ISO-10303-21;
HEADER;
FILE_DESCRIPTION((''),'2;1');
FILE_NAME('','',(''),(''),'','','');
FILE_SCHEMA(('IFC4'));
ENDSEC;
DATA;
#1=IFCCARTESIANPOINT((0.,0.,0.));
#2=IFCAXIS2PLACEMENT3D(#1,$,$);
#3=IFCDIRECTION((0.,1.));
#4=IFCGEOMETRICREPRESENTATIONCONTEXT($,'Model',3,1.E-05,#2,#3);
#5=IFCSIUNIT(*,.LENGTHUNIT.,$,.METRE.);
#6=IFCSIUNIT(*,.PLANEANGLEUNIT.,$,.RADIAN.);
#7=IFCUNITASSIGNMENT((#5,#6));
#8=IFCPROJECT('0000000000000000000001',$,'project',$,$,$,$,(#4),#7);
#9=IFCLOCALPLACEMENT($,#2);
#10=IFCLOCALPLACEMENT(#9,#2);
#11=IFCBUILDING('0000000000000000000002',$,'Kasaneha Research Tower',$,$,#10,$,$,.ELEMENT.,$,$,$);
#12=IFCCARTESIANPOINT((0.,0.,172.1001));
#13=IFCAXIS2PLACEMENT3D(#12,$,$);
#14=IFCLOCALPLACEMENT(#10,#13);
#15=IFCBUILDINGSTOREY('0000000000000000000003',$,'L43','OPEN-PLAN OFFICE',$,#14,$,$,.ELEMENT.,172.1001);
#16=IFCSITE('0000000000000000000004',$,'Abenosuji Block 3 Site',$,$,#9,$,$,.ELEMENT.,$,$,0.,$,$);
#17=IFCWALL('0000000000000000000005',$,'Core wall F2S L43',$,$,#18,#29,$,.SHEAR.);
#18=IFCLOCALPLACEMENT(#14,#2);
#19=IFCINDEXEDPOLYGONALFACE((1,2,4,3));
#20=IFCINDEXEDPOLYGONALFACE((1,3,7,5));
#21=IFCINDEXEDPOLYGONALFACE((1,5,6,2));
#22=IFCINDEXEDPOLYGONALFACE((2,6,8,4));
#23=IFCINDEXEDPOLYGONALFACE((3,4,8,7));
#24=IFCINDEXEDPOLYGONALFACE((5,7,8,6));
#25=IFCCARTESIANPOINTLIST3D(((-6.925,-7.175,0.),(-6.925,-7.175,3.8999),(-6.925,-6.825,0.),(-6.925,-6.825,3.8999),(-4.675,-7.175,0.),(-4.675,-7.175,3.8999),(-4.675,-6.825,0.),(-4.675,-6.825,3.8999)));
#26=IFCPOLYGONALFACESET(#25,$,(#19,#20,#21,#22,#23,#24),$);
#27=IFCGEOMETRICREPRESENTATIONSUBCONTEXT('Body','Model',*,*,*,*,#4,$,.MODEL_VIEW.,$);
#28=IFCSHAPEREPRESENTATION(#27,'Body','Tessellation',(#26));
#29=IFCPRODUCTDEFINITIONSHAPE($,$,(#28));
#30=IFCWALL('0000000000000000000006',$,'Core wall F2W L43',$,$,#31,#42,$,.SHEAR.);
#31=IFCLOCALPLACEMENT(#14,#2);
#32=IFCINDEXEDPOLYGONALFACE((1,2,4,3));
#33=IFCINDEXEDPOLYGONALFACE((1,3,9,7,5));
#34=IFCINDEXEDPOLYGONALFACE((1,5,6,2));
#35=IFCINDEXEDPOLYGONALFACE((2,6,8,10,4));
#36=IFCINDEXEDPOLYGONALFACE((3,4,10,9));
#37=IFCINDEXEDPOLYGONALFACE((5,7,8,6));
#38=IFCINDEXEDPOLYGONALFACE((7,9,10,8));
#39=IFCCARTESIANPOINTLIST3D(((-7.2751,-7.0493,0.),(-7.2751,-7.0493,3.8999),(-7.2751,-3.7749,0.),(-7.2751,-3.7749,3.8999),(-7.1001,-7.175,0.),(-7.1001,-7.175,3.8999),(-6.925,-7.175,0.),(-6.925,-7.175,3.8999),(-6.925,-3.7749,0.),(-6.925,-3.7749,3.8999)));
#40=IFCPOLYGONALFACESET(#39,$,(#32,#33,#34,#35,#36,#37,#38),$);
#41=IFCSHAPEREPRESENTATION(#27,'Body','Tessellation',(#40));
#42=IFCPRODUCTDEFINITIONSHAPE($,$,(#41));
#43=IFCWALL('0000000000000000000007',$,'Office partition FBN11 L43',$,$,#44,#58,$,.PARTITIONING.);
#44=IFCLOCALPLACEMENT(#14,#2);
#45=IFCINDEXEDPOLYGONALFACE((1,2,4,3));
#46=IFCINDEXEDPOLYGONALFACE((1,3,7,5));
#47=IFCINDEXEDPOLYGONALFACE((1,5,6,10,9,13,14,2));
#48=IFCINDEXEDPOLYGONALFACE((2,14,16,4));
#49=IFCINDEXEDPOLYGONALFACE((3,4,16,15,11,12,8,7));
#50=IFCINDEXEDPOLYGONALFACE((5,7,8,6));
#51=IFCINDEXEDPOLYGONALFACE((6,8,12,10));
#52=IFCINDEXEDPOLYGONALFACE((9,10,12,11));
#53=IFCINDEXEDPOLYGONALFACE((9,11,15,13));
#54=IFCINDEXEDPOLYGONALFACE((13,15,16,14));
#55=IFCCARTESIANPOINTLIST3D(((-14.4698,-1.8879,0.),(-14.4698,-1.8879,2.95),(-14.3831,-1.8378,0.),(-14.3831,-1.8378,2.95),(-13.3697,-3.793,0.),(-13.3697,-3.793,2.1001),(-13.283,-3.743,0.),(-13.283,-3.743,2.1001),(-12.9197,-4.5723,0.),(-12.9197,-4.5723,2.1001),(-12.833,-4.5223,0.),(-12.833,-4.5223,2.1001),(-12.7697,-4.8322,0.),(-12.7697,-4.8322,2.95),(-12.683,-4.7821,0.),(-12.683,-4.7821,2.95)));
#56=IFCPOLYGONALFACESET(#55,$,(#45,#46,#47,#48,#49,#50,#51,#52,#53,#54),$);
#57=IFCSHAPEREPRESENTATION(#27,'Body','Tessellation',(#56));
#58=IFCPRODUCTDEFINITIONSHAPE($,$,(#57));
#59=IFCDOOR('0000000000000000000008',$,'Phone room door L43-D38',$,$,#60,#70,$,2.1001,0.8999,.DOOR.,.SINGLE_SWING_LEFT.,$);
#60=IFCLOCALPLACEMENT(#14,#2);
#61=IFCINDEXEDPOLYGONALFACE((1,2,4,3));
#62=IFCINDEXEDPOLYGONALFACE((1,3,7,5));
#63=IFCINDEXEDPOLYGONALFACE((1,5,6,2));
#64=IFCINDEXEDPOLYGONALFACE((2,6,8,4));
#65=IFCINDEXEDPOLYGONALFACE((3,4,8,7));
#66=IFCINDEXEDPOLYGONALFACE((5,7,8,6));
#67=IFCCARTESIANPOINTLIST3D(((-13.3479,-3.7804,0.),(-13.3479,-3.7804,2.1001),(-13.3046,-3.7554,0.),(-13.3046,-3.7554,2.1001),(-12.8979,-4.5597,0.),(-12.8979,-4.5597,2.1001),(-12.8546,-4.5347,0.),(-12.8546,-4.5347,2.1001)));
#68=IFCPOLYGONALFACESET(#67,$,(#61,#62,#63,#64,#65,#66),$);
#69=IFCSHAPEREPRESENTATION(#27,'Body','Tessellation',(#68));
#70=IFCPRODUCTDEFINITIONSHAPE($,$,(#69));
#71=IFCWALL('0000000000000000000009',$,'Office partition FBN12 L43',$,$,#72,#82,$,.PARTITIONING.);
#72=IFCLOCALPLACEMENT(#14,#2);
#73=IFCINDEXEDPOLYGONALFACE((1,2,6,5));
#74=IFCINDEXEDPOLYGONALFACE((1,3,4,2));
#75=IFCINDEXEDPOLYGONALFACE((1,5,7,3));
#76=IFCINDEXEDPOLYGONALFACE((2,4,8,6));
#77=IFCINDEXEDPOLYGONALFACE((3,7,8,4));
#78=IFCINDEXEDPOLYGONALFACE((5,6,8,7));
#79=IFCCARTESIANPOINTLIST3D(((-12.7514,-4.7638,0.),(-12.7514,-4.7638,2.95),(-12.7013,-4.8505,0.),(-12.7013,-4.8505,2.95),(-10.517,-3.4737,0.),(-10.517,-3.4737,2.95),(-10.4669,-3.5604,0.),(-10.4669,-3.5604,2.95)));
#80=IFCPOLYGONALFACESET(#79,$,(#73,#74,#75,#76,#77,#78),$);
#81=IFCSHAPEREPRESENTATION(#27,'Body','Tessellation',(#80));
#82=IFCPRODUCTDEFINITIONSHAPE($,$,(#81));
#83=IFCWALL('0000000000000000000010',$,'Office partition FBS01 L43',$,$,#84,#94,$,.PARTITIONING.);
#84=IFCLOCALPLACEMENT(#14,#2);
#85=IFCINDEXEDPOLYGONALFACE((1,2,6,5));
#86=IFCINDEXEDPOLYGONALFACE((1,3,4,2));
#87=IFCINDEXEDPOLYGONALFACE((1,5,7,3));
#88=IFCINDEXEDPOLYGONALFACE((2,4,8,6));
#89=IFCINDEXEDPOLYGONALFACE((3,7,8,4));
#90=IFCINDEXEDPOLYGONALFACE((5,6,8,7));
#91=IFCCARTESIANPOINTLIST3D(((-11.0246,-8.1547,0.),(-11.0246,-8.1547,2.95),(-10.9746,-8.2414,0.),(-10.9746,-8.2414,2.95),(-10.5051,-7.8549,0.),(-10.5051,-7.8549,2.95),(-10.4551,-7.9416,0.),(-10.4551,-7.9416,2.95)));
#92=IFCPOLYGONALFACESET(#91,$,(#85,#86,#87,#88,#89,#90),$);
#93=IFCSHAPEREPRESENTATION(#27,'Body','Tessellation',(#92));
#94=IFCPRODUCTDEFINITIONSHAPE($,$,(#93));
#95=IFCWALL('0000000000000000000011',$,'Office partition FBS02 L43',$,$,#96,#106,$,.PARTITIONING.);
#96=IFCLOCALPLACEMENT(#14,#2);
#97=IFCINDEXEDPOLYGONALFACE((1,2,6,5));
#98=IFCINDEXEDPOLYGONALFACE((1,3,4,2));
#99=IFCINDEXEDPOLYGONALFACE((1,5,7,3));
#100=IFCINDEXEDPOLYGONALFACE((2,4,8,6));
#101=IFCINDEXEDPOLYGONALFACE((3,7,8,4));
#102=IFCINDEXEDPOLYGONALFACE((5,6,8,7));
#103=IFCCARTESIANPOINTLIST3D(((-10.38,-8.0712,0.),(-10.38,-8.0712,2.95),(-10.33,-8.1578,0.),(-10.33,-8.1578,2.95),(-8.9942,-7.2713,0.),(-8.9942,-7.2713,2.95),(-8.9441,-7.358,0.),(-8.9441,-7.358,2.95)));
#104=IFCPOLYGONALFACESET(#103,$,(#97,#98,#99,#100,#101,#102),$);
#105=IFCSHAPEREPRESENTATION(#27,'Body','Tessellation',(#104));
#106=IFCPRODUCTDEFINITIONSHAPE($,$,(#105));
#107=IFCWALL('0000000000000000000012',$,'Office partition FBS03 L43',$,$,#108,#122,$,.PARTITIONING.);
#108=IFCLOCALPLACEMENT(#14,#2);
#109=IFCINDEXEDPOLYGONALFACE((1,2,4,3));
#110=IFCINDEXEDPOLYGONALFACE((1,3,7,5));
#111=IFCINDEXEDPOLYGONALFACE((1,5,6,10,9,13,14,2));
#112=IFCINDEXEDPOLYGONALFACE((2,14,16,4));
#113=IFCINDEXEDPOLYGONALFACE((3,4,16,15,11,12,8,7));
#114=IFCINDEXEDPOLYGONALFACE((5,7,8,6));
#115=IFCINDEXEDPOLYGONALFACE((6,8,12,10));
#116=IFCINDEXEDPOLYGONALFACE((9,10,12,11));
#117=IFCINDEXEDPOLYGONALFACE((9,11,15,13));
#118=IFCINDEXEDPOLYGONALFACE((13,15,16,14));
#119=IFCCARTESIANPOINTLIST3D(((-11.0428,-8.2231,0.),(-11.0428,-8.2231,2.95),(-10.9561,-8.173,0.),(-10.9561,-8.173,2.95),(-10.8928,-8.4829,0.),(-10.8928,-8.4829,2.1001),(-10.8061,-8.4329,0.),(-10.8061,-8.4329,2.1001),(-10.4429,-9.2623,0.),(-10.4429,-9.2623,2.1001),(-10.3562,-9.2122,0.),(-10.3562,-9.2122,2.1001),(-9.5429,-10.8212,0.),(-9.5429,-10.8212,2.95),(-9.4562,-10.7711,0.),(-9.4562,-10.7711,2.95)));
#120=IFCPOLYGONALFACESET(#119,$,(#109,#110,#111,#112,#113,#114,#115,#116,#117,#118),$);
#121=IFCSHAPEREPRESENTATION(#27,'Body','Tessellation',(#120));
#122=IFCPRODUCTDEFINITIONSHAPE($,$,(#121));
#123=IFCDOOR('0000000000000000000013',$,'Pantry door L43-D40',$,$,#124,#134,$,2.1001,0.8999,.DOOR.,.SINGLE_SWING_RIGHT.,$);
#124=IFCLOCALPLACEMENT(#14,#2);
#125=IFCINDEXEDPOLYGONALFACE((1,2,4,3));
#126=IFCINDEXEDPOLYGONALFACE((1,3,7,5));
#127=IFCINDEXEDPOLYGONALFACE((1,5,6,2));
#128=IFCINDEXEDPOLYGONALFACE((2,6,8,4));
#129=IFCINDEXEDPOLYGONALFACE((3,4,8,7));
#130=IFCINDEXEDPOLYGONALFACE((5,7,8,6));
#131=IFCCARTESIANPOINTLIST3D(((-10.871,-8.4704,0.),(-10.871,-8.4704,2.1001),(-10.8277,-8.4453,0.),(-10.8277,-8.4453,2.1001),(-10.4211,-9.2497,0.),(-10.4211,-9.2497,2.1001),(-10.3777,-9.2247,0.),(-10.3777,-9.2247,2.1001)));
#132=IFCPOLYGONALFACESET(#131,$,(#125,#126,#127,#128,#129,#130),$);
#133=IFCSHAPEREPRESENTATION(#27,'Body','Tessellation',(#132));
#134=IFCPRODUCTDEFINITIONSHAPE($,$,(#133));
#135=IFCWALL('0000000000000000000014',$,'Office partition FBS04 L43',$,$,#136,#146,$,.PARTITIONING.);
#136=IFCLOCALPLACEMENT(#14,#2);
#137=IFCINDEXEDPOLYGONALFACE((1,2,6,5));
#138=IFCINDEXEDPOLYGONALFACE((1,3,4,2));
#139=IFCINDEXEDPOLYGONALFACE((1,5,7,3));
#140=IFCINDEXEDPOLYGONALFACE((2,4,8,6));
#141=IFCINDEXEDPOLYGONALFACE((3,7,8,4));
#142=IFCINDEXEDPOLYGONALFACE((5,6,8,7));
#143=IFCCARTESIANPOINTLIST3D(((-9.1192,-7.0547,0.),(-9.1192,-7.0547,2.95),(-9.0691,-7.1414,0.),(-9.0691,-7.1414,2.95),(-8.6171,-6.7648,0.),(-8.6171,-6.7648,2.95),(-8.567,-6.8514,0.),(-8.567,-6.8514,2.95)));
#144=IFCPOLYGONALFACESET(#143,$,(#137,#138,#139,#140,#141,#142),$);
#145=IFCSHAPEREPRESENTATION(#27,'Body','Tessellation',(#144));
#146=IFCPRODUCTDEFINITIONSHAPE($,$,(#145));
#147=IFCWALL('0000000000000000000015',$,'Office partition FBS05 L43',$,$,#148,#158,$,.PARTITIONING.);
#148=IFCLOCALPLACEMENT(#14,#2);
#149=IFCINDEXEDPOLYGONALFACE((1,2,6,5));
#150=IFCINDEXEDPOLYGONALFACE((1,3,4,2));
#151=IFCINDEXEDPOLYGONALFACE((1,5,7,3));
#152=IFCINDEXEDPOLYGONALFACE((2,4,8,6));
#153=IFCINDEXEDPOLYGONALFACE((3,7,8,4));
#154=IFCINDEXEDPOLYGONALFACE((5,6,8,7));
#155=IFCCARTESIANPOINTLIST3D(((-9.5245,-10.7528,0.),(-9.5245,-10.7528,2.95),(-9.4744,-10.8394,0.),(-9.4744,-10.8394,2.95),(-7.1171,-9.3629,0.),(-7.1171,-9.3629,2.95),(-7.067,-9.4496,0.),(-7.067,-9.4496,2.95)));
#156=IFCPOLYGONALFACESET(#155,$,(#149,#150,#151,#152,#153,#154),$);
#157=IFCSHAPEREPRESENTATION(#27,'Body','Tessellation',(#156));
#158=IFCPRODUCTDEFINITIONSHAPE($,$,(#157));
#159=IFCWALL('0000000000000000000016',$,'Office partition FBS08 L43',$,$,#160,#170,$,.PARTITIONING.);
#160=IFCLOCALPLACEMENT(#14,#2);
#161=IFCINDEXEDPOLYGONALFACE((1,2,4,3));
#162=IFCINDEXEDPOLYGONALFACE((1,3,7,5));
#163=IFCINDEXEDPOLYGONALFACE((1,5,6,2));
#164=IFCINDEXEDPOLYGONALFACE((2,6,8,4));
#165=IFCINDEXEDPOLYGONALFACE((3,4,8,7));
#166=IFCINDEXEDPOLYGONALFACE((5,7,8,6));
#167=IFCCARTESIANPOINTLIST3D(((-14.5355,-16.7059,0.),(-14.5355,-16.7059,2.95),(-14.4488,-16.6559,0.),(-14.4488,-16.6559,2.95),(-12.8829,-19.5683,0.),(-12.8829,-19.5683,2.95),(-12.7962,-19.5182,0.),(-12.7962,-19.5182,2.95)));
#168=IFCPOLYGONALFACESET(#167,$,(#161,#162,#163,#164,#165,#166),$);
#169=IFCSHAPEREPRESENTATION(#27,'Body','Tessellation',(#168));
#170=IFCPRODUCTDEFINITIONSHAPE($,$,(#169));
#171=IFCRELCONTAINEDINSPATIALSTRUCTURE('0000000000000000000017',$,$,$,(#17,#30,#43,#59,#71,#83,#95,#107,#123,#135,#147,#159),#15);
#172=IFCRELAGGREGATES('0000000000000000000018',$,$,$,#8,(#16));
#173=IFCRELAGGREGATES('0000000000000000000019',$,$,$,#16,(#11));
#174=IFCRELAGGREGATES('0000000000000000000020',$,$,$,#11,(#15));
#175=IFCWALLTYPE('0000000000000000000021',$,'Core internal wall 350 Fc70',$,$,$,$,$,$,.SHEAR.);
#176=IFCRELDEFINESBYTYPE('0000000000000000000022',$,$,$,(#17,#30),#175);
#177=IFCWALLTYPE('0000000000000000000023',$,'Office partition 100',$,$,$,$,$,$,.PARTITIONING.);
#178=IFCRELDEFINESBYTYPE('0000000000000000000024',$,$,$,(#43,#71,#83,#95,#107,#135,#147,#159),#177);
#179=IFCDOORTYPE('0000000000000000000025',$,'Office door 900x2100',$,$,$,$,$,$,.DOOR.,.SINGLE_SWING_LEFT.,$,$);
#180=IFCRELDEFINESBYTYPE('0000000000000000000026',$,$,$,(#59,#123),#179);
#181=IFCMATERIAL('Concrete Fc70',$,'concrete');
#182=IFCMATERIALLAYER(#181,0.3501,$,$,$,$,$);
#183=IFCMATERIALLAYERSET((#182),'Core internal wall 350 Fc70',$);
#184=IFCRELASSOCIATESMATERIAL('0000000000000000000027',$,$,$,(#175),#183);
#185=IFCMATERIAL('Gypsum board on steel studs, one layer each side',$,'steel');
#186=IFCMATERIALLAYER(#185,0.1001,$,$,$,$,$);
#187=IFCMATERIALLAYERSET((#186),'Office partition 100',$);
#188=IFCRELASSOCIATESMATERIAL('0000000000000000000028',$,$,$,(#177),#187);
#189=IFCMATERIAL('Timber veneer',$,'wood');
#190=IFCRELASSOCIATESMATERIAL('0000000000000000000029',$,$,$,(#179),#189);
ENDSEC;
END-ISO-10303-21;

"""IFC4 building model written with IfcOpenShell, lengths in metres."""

from ifc_helpers import new_model, si_unit, direction, frame, frame_2d, origin, place, context, subcontext, project, spatial, polyline, rectangle, outline, extrude, material, layer, layer_set, type_object, element, fill, save


model = new_model("IFC4")

# Units and contexts
model_context = context("Model", 3, precision=1e-05, world=origin(), true_north=direction((0.0, 1.0)))
body_context = subcontext(model_context, "Body", "Model", "MODEL_VIEW")
ifc_project = project(units=[si_unit("LENGTHUNIT", "METRE"), si_unit("PLANEANGLEUNIT", "RADIAN")], contexts=[model_context])

# Site, building, storey
site_placement = place(None, origin())
site = spatial("IfcSite", under=ifc_project, at=site_placement, Name="Abenosuji Block 3 Site", CompositionType="ELEMENT", RefElevation=0.0)
building_placement = place(site_placement, origin())
building = spatial("IfcBuilding", under=site, at=building_placement, Name="Kasaneha Research Tower", CompositionType="ELEMENT")
storey_placement = place(building_placement, frame((0.0, 0.0, 172.1001)))
storey = spatial("IfcBuildingStorey", under=building, at=storey_placement, Name="L43", Description="OPEN-PLAN OFFICE", CompositionType="ELEMENT", Elevation=172.1001)

# Shared definitions
ifc_material_1 = material(Name="Concrete Fc70", Category="concrete")
ifc_layer_1 = layer(ifc_material_1, 0.3501)
ifc_layer_set_1 = layer_set([ifc_layer_1], Name="Core internal wall 350 Fc70")
wall_type_1 = type_object("IfcWallType", Name="Core internal wall 350 Fc70", PredefinedType="SHEAR", material=ifc_layer_set_1)

# Walls
wall_1_placement = place(storey_placement, frame((-6.925, -7.0, 0.0), z_axis=(0.0, 0.0, 1.0), x_axis=(1.0, 0.0, 0.0)))
element("IfcWall", 1, at=wall_1_placement, inside=storey, type_object=wall_type_1, Name="Core wall F2S L43", PredefinedType="SHEAR", context=body_context, shape_type="SweptSolid", body=[
    extrude(rectangle(XDim=2.25, YDim=0.3501, at=frame_2d((1.125, 0.0))), origin(), (0.0, 0.0, 1.0), 3.8999),
])
wall_2_placement = place(storey_placement, frame((-7.1001, -3.7749, 0.0), z_axis=(0.0, 0.0, 1.0), x_axis=(0.0, -1.0, 0.0)))
element("IfcWall", 2, at=wall_2_placement, inside=storey, type_object=wall_type_1, Name="Core wall F2W L43", PredefinedType="SHEAR", context=body_context, shape_type="SweptSolid", body=[
    extrude(outline(polyline([(0.0, -0.175), (3.2744, -0.175), (3.4001, 0.0), (3.4001, 0.175), (0.0, 0.175), (0.0, -0.175)])), origin(), (0.0, 0.0, 1.0), 3.8999),
])

# Wall, opening, door
ifc_material_2 = material(Name="Gypsum board on steel studs, one layer each side", Category="steel")
ifc_layer_2 = layer(ifc_material_2, 0.1001)
ifc_layer_set_2 = layer_set([ifc_layer_2], Name="Office partition 100")
wall_type_2 = type_object("IfcWallType", Name="Office partition 100", PredefinedType="PARTITIONING", material=ifc_layer_set_2)
wall_3_placement = place(storey_placement, frame((-12.7263, -4.8071, 0.0), z_axis=(0.0, 0.0, 1.0), x_axis=(-0.500062, 0.865989, 0.0)))
wall_3 = element("IfcWall", 3, at=wall_3_placement, inside=storey, type_object=wall_type_2, Name="Office partition FBN11 L43", PredefinedType="PARTITIONING", context=body_context, shape_type="SweptSolid", body=[
    extrude(rectangle(XDim=3.3999, YDim=0.1001, at=frame_2d((1.7, 0.0))), origin(), (0.0, 0.0, 1.0), 2.95),
])
opening_1_placement = place(wall_3_placement, frame((0.3, 0.0, 0.0)))
opening_1 = element("IfcOpeningElement", 4, at=opening_1_placement, cuts=wall_3, PredefinedType="OPENING", context=body_context, shape_type="SweptSolid", body=[
    extrude(rectangle(XDim=0.8999, YDim=2.1001, at=frame_2d((0.45, 1.05))), frame((0.0, 0.0601, 0.0), z_axis=(0.0, -1.0, 0.0), x_axis=(1.0, 0.0, 0.0)), (0.0, 0.0, 1.0), 0.1201),
])
ifc_material_3 = material(Name="Timber veneer", Category="wood")
door_type_1 = type_object("IfcDoorType", Name="Office door 900x2100", OperationType="SINGLE_SWING_LEFT", PredefinedType="DOOR", material=ifc_material_3)
door_1_placement = place(opening_1_placement, origin())
door_1 = element("IfcDoor", 5, at=door_1_placement, inside=storey, type_object=door_type_1, Name="Phone room door L43-D38", OperationType="SINGLE_SWING_LEFT", OverallHeight=2.1001, OverallWidth=0.8999, PredefinedType="DOOR", context=body_context, shape_type="SweptSolid", body=[
    extrude(rectangle(XDim=0.8999, YDim=2.1001, at=frame_2d((0.45, 1.05))), frame((0.0, 0.0249, 0.0), z_axis=(0.0, -1.0, 0.0), x_axis=(1.0, 0.0, 0.0)), (0.0, 0.0, 1.0), 0.05),
])
fill(opening_1, door_1)

# Walls
wall_4_placement = place(storey_placement, frame((-10.4919, -3.5171, 0.0), z_axis=(0.0, 0.0, 1.0), x_axis=(-0.866022, -0.500006, 0.0)))
element("IfcWall", 6, at=wall_4_placement, inside=storey, type_object=wall_type_2, Name="Office partition FBN12 L43", PredefinedType="PARTITIONING", context=body_context, shape_type="SweptSolid", body=[
    extrude(rectangle(XDim=2.5801, YDim=0.1001, at=frame_2d((1.29, 0.0))), origin(), (0.0, 0.0, 1.0), 2.95),
])
wall_5_placement = place(storey_placement, frame((-10.9995, -8.198, 0.0), z_axis=(0.0, 0.0, 1.0), x_axis=(0.866131, 0.499816, 0.0)))
element("IfcWall", 7, at=wall_5_placement, inside=storey, type_object=wall_type_2, Name="Office partition FBS01 L43", PredefinedType="PARTITIONING", context=body_context, shape_type="SweptSolid", body=[
    extrude(rectangle(XDim=0.5999, YDim=0.1001, at=frame_2d((0.2998, 0.0))), origin(), (0.0, 0.0, 1.0), 2.95),
])
wall_6_placement = place(storey_placement, frame((-10.355, -8.1145, 0.0), z_axis=(0.0, 0.0, 1.0), x_axis=(0.866094, 0.499881, 0.0)))
element("IfcWall", 8, at=wall_6_placement, inside=storey, type_object=wall_type_2, Name="Office partition FBS02 L43", PredefinedType="PARTITIONING", context=body_context, shape_type="SweptSolid", body=[
    extrude(rectangle(XDim=1.6001, YDim=0.1001, at=frame_2d((0.8, 0.0))), origin(), (0.0, 0.0, 1.0), 2.95),
])

# Wall, opening, door
wall_7_placement = place(storey_placement, frame((-9.4995, -10.7961, 0.0), z_axis=(0.0, 0.0, 1.0), x_axis=(-0.49999, 0.866031, 0.0)))
wall_7 = element("IfcWall", 9, at=wall_7_placement, inside=storey, type_object=wall_type_2, Name="Office partition FBS03 L43", PredefinedType="PARTITIONING", context=body_context, shape_type="SweptSolid", body=[
    extrude(rectangle(XDim=3.0, YDim=0.1001, at=frame_2d((1.5, 0.0))), origin(), (0.0, 0.0, 1.0), 2.95),
])
opening_2_placement = place(wall_7_placement, frame((1.8, 0.0, 0.0)))
opening_2 = element("IfcOpeningElement", 10, at=opening_2_placement, cuts=wall_7, PredefinedType="OPENING", context=body_context, shape_type="SweptSolid", body=[
    extrude(rectangle(XDim=0.8999, YDim=2.1001, at=frame_2d((0.45, 1.05))), frame((0.0, 0.0601, 0.0), z_axis=(0.0, -1.0, 0.0), x_axis=(1.0, 0.0, 0.0)), (0.0, 0.0, 1.0), 0.1201),
])
door_2_placement = place(opening_2_placement, origin())
door_2 = element("IfcDoor", 11, at=door_2_placement, inside=storey, type_object=door_type_1, Name="Pantry door L43-D40", OperationType="SINGLE_SWING_RIGHT", OverallHeight=2.1001, OverallWidth=0.8999, PredefinedType="DOOR", context=body_context, shape_type="SweptSolid", body=[
    extrude(rectangle(XDim=0.8999, YDim=2.1001, at=frame_2d((0.45, 1.05))), frame((0.0, 0.0249, 0.0), z_axis=(0.0, -1.0, 0.0), x_axis=(1.0, 0.0, 0.0)), (0.0, 0.0, 1.0), 0.05),
])
fill(opening_2, door_2)

# Walls
wall_8_placement = place(storey_placement, frame((-9.0942, -7.0981, 0.0), z_axis=(0.0, 0.0, 1.0), x_axis=(0.865954, 0.500123, 0.0)))
element("IfcWall", 12, at=wall_8_placement, inside=storey, type_object=wall_type_2, Name="Office partition FBS04 L43", PredefinedType="PARTITIONING", context=body_context, shape_type="SweptSolid", body=[
    extrude(rectangle(XDim=0.5798, YDim=0.1001, at=frame_2d((0.29, 0.0))), origin(), (0.0, 0.0, 1.0), 2.95),
])
wall_9_placement = place(storey_placement, frame((-7.092, -9.4062, 0.0), z_axis=(0.0, 0.0, 1.0), x_axis=(-0.866035, -0.499983, 0.0)))
element("IfcWall", 13, at=wall_9_placement, inside=storey, type_object=wall_type_2, Name="Office partition FBS05 L43", PredefinedType="PARTITIONING", context=body_context, shape_type="SweptSolid", body=[
    extrude(rectangle(XDim=2.7798, YDim=0.1001, at=frame_2d((1.3899, 0.0))), origin(), (0.0, 0.0, 1.0), 2.95),
])
wall_10_placement = place(storey_placement, frame((-14.4922, -16.6809, 0.0), z_axis=(0.0, 0.0, 1.0), x_axis=(0.500008, -0.866021, 0.0)))
element("IfcWall", 14, at=wall_10_placement, inside=storey, type_object=wall_type_2, Name="Office partition FBS08 L43", PredefinedType="PARTITIONING", context=body_context, shape_type="SweptSolid", body=[
    extrude(rectangle(XDim=3.3052, YDim=0.1001, at=frame_2d((1.6526, 0.0))), origin(), (0.0, 0.0, 1.0), 2.95),
])

save(model, "model.ifc")
